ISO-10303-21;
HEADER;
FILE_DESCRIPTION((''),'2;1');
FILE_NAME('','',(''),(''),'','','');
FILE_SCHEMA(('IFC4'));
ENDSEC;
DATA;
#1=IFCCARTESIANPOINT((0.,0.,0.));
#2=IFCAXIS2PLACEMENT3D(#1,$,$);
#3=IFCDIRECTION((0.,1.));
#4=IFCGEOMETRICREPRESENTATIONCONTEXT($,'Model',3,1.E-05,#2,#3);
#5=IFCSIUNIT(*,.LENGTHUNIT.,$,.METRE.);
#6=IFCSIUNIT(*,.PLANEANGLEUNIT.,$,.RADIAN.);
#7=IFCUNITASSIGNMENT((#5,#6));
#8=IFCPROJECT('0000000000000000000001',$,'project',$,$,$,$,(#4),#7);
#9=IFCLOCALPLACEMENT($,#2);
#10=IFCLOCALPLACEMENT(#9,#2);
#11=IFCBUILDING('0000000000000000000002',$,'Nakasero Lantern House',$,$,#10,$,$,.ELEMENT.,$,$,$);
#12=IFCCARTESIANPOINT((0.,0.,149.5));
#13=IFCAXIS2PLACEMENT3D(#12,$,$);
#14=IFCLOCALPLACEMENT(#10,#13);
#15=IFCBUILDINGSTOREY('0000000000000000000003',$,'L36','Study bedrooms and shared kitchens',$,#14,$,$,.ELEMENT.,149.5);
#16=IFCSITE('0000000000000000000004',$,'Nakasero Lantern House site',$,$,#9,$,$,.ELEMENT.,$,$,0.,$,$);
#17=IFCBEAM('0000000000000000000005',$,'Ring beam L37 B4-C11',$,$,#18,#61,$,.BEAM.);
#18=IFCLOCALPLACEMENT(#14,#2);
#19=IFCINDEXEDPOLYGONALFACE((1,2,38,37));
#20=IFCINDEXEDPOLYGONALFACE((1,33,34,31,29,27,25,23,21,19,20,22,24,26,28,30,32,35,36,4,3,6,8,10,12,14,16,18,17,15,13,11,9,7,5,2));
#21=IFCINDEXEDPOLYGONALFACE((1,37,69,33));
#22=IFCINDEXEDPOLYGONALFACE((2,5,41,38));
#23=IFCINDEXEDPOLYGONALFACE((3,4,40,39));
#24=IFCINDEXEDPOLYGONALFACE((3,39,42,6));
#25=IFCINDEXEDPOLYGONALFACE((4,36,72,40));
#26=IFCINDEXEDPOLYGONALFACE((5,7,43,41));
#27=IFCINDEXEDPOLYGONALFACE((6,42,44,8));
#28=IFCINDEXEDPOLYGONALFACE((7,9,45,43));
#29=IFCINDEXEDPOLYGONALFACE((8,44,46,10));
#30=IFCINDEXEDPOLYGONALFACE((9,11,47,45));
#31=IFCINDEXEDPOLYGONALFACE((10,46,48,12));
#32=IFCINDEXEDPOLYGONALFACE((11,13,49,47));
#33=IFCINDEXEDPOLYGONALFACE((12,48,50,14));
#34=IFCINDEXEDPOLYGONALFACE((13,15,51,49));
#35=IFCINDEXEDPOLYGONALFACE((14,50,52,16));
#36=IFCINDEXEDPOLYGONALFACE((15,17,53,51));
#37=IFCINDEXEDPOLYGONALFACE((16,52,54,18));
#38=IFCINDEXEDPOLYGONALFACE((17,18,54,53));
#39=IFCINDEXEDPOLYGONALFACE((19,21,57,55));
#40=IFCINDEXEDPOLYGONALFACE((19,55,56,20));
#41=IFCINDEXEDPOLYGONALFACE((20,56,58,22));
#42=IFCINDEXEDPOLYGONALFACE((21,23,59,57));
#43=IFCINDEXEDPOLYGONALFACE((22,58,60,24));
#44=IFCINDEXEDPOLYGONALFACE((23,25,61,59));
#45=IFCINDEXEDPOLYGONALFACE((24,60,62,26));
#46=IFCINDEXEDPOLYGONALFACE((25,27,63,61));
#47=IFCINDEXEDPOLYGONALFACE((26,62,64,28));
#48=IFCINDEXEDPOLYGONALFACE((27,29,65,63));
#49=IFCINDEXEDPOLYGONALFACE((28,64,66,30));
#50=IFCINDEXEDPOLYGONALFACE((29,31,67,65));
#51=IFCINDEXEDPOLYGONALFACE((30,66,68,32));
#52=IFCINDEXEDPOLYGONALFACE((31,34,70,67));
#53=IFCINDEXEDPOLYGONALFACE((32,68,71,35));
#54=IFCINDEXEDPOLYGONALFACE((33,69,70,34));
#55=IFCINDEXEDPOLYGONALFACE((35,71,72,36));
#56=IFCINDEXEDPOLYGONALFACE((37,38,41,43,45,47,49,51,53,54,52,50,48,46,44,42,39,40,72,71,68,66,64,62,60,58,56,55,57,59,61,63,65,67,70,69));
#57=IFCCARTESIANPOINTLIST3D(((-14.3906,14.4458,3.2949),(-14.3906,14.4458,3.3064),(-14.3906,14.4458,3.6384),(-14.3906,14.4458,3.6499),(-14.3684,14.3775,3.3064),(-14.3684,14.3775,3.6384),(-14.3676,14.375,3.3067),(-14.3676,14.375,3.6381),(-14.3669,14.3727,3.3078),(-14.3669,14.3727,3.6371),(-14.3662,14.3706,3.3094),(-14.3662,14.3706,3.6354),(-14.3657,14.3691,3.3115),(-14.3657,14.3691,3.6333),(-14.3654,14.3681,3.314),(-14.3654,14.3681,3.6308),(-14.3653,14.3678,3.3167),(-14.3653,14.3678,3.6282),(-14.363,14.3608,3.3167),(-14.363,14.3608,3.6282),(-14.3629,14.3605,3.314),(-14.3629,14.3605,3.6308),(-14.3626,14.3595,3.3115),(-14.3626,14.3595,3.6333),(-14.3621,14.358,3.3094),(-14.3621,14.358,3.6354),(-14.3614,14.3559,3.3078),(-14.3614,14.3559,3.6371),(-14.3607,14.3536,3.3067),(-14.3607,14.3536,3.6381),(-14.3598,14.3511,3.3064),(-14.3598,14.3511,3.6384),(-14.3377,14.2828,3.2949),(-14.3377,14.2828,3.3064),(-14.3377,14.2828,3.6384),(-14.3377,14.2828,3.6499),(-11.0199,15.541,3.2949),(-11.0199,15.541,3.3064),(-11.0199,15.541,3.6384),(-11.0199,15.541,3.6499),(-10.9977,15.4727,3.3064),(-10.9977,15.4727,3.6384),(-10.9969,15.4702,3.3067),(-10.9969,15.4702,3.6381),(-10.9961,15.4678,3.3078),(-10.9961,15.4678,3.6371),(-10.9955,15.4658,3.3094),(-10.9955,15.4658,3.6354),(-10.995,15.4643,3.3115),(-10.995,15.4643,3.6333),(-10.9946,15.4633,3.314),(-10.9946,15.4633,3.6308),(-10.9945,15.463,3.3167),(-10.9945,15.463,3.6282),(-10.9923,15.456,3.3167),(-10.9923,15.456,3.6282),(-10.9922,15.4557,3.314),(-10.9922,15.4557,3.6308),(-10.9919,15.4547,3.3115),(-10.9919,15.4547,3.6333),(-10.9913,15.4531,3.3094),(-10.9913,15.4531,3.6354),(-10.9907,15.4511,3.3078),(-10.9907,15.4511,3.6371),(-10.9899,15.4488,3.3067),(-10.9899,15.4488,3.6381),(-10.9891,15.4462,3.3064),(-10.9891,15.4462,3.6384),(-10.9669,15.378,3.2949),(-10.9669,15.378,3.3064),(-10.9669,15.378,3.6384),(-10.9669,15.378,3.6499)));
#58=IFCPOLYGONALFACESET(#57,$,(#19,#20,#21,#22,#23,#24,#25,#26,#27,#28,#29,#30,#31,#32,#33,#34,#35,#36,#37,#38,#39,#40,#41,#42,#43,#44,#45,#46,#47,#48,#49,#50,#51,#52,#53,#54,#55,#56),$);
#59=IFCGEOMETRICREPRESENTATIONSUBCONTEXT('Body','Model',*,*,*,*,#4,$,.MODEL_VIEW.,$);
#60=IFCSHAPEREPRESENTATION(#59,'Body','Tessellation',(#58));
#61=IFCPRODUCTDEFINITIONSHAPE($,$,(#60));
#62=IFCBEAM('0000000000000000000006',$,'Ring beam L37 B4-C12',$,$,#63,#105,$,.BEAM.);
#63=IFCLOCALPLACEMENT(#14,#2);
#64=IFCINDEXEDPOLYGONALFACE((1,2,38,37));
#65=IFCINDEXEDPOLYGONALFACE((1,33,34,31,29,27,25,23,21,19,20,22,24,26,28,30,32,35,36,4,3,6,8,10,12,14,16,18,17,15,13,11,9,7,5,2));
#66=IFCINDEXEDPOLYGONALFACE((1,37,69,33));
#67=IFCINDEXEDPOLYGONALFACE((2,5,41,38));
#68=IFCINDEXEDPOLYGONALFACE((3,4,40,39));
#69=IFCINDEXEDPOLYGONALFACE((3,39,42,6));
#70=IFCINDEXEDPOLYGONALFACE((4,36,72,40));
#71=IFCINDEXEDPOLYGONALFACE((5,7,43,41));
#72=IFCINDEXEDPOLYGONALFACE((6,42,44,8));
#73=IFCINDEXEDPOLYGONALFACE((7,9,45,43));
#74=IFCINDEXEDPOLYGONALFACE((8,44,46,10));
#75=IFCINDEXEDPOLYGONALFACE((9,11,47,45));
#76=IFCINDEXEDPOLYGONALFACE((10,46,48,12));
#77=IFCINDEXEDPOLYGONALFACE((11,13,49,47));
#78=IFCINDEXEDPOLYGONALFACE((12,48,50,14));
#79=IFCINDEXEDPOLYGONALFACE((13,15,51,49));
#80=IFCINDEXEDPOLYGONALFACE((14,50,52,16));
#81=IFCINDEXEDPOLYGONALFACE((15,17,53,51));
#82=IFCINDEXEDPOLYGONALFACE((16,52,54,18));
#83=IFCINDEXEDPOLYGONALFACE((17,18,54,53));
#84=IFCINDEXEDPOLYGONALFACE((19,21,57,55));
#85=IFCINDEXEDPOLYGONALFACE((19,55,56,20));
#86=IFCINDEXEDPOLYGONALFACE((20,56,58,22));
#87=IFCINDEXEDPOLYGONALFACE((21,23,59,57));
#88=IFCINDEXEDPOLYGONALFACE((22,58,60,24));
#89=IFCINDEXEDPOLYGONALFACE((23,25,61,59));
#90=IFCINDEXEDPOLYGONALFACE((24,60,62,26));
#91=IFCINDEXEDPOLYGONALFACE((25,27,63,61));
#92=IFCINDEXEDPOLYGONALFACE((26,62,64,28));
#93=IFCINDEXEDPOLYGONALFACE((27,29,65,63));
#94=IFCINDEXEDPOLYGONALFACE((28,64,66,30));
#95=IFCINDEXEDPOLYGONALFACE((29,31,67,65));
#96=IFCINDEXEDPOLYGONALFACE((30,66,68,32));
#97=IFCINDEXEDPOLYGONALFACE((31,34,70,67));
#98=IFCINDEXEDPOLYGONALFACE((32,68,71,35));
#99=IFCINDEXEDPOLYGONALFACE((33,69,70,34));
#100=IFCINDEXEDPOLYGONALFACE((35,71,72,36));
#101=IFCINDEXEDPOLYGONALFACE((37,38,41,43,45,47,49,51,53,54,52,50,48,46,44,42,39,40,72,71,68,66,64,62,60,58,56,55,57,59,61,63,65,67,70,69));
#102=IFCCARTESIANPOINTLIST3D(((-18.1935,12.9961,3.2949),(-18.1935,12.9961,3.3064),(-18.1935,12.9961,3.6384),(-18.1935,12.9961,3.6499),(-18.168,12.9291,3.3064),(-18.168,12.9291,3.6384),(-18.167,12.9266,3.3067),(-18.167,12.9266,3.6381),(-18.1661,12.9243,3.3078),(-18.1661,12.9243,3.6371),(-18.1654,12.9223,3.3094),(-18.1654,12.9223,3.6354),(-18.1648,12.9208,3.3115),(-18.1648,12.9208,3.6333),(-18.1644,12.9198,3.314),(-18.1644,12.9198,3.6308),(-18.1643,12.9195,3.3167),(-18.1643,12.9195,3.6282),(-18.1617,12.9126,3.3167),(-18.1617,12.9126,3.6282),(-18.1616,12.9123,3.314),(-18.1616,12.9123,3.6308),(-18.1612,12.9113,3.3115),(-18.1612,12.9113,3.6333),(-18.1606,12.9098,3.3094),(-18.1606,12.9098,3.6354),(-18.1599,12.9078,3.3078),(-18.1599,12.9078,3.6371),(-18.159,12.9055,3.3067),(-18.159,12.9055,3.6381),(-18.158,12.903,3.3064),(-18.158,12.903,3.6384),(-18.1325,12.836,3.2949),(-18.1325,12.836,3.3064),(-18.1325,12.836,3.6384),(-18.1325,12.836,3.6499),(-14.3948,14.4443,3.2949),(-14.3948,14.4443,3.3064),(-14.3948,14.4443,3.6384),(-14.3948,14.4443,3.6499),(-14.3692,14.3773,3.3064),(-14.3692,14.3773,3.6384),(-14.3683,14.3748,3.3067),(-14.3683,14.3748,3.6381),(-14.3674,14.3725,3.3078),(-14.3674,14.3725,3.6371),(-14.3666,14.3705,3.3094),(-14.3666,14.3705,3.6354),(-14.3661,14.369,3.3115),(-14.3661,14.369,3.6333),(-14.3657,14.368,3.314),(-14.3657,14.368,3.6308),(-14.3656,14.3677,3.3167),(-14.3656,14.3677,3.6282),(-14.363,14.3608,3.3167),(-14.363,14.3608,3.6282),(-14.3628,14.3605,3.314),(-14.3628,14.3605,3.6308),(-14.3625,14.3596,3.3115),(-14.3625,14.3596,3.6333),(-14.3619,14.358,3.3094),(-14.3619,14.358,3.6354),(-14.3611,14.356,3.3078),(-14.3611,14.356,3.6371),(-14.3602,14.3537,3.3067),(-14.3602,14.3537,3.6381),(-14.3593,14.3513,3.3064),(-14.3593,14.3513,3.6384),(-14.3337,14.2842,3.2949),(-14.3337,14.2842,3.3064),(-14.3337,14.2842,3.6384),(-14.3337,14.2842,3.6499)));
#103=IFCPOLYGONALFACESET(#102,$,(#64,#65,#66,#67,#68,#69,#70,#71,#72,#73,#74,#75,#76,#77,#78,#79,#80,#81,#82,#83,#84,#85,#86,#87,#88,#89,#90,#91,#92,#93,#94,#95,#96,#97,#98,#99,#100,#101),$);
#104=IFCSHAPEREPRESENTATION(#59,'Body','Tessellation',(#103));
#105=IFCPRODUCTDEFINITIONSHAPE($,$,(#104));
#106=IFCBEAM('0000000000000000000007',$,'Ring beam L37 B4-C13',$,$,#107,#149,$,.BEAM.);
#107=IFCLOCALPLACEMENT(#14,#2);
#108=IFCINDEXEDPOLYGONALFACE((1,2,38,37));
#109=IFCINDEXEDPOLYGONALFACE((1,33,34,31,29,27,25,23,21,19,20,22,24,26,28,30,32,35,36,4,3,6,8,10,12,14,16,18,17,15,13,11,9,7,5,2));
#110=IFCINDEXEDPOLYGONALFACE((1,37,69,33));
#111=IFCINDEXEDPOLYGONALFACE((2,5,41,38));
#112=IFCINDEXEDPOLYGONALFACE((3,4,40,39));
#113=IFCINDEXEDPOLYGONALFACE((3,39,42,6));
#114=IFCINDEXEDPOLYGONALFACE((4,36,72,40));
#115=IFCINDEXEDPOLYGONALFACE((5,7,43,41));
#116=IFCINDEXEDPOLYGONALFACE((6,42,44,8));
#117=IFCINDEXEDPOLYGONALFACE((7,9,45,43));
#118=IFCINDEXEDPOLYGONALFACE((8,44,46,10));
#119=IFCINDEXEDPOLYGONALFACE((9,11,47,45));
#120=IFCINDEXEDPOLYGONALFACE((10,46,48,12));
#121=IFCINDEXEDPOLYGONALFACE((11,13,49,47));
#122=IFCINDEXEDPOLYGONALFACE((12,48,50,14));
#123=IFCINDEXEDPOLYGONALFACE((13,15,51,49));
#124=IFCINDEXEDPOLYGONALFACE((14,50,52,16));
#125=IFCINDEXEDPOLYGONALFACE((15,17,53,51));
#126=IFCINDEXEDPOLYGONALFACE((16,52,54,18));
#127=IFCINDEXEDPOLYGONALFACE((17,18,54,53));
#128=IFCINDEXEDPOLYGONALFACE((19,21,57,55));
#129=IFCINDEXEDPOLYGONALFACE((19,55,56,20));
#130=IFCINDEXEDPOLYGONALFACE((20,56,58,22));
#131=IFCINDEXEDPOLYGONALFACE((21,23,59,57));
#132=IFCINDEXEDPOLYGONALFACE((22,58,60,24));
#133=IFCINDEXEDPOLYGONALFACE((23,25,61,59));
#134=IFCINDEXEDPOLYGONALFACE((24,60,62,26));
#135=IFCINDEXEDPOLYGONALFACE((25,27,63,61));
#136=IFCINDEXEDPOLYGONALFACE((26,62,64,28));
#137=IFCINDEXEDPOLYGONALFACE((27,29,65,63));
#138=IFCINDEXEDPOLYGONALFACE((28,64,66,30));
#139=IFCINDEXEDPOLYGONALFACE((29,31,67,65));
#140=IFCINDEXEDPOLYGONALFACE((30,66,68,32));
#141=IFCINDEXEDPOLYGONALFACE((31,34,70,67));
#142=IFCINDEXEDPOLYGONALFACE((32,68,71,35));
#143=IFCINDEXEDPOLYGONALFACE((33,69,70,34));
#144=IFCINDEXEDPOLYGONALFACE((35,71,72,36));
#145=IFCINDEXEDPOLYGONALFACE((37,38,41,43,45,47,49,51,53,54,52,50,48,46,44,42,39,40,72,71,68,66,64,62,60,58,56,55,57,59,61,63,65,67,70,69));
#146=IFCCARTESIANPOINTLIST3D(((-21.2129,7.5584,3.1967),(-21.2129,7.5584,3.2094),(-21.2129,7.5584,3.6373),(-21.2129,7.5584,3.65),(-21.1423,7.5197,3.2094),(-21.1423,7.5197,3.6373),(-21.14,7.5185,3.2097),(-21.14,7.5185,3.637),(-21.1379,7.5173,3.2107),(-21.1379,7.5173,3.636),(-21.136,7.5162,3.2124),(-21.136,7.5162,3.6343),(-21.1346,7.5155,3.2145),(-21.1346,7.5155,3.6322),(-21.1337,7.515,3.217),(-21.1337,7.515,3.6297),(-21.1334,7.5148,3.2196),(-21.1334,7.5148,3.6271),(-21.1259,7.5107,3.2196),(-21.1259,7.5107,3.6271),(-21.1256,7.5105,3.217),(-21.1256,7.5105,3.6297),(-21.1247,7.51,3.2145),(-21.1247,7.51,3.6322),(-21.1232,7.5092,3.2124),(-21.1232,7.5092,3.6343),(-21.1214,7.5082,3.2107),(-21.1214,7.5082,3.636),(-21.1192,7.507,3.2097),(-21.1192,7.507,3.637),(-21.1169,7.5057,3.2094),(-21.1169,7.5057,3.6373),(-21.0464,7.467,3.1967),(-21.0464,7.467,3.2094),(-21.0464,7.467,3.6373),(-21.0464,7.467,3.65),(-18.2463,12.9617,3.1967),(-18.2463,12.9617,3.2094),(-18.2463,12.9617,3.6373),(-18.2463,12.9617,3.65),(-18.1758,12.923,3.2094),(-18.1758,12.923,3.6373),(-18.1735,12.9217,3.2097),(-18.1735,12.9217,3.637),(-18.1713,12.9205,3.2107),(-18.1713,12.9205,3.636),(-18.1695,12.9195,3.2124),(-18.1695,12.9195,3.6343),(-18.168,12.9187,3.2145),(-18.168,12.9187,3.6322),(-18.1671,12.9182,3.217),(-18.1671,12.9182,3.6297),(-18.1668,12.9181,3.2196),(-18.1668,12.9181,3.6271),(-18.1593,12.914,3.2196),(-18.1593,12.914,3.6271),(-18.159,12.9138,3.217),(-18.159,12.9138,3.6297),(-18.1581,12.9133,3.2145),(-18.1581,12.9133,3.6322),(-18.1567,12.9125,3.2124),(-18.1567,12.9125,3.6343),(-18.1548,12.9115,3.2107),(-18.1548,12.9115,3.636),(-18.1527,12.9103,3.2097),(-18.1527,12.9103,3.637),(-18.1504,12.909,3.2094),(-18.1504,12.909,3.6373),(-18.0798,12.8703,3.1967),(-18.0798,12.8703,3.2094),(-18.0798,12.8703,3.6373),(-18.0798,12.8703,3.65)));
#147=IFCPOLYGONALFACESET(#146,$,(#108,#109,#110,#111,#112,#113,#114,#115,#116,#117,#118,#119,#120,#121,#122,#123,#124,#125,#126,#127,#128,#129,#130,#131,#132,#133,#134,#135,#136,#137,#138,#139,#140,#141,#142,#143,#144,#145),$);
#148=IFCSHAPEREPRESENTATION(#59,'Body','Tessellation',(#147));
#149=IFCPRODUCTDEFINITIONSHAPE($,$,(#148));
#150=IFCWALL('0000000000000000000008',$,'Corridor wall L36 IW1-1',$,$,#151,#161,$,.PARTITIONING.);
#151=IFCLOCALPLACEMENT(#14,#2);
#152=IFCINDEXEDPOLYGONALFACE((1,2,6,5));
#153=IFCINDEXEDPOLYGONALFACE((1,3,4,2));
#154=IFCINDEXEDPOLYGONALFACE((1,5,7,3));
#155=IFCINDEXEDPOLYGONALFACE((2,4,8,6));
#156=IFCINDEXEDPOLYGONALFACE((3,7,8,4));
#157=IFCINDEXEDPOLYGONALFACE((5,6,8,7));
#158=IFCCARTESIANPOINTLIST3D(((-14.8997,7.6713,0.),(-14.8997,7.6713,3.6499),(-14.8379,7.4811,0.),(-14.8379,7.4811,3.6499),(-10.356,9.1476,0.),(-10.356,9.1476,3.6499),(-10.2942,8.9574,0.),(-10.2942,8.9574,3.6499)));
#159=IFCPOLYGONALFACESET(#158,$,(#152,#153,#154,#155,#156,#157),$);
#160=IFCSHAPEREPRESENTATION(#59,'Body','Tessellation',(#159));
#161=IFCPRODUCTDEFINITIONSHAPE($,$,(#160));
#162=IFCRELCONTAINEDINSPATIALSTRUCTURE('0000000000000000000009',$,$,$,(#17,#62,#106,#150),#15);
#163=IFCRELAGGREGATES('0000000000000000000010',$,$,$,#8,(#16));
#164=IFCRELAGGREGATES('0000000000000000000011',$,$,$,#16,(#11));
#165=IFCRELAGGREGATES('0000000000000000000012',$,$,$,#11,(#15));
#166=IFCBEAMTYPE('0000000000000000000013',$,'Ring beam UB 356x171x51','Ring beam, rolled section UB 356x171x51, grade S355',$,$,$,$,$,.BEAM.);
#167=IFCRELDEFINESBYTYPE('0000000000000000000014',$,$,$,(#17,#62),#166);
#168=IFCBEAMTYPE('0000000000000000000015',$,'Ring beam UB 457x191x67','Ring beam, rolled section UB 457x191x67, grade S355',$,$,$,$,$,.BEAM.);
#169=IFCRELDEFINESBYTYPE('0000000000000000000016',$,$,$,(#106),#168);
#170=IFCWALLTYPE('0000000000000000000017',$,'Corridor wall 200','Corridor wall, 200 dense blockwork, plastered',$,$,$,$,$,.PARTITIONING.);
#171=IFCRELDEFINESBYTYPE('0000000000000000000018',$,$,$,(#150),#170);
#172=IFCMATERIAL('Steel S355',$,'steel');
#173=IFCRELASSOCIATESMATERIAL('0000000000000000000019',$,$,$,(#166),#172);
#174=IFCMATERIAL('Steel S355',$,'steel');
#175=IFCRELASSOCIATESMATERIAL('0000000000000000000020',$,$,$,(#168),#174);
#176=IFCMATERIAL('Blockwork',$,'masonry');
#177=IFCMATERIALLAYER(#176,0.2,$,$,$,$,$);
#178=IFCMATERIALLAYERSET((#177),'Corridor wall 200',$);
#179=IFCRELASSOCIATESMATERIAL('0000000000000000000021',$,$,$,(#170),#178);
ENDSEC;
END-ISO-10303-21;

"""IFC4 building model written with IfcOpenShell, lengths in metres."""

from ifc_helpers import new_model, si_unit, direction, frame, frame_2d, origin, origin_2d, place, context, subcontext, project, spatial, rectangle, i_section, extrude, material, layer, layer_set, material_profile, profile_set, type_object, element, save


model = new_model("IFC4")

# Units and contexts
model_context = context("Model", 3, precision=1e-05, world=origin(), true_north=direction((0.0, 1.0)))
body_context = subcontext(model_context, "Body", "Model", "MODEL_VIEW")
ifc_project = project(units=[si_unit("LENGTHUNIT", "METRE"), si_unit("PLANEANGLEUNIT", "RADIAN")], contexts=[model_context])

# Site, building, storey
site_placement = place(None, origin())
site = spatial("IfcSite", under=ifc_project, at=site_placement, Name="Nakasero Lantern House site", CompositionType="ELEMENT", RefElevation=0.0)
building_placement = place(site_placement, origin())
building = spatial("IfcBuilding", under=site, at=building_placement, Name="Nakasero Lantern House", CompositionType="ELEMENT")
storey_placement = place(building_placement, frame((0.0, 0.0, 149.5)))
storey = spatial("IfcBuildingStorey", under=building, at=storey_placement, Name="L36", Description="Study bedrooms and shared kitchens", CompositionType="ELEMENT", Elevation=149.5)

# Beams
ifc_material_1 = material(Name="Steel S355", Category="steel")
ifc_material_profile_1 = material_profile(ifc_material_1, i_section(OverallWidth=0.1714, OverallDepth=0.355, WebThickness=0.0073, FlangeThickness=0.0115, FilletRadius=0.0103, at=origin_2d()), Name="UB 356x171x51")
ifc_profile_set_1 = profile_set([ifc_material_profile_1], Name="Steel S355")
beam_type_1 = type_object("IfcBeamType", Name="Ring beam UB 356x171x51", Description="Ring beam, rolled section UB 356x171x51, grade S355", PredefinedType="BEAM", material=ifc_profile_set_1)
beam_1_placement = place(storey_placement, frame((-10.9934, 15.4595, 3.4724), z_axis=(-0.95106, -0.309007, 0.0), x_axis=(0.309007, -0.95106, 0.0)))
element("IfcBeam", 1, at=beam_1_placement, inside=storey, type_object=beam_type_1, Name="Ring beam L37 B4-C11", PredefinedType="BEAM", context=body_context, shape_type="SweptSolid", body=[
    extrude(i_section(OverallWidth=0.1714, OverallDepth=0.355, WebThickness=0.0073, FlangeThickness=0.0115, FilletRadius=0.0103, at=origin_2d()), origin(), (0.0, 0.0, 1.0), 3.5442),
])
beam_2_placement = place(storey_placement, frame((-14.3643, 14.3643, 3.4724), z_axis=(-0.9344, -0.356225, 0.0), x_axis=(0.356225, -0.9344, 0.0)))
element("IfcBeam", 2, at=beam_2_placement, inside=storey, type_object=beam_type_1, Name="Ring beam L37 B4-C12", PredefinedType="BEAM", context=body_context, shape_type="SweptSolid", body=[
    extrude(i_section(OverallWidth=0.1714, OverallDepth=0.355, WebThickness=0.0073, FlangeThickness=0.0115, FilletRadius=0.0103, at=origin_2d()), origin(), (0.0, 0.0, 1.0), 4.0654),
])
ifc_material_2 = material(Name="Steel S355", Category="steel")
ifc_material_profile_2 = material_profile(ifc_material_2, i_section(OverallWidth=0.1899, OverallDepth=0.4534, WebThickness=0.0085, FlangeThickness=0.0127, FilletRadius=0.0103, at=origin_2d()), Name="UB 457x191x67")
ifc_profile_set_2 = profile_set([ifc_material_profile_2], Name="Steel S355")
beam_type_2 = type_object("IfcBeamType", Name="Ring beam UB 457x191x67", Description="Ring beam, rolled section UB 457x191x67, grade S355", PredefinedType="BEAM", material=ifc_profile_set_2)
beam_3_placement = place(storey_placement, frame((-18.1631, 12.916, 3.4233), z_axis=(-0.481262, -0.876577, 0.0), x_axis=(0.876577, -0.481262, 0.0)))
element("IfcBeam", 3, at=beam_3_placement, inside=storey, type_object=beam_type_2, Name="Ring beam L37 B4-C13", PredefinedType="BEAM", context=body_context, shape_type="SweptSolid", body=[
    extrude(i_section(OverallWidth=0.1899, OverallDepth=0.4534, WebThickness=0.0085, FlangeThickness=0.0127, FilletRadius=0.0103, at=origin_2d()), origin(), (0.0, 0.0, 1.0), 6.1641),
])

# Wall
ifc_material_3 = material(Name="Blockwork", Category="masonry")
ifc_layer_1 = layer(ifc_material_3, 0.2)
ifc_layer_set_1 = layer_set([ifc_layer_1], Name="Corridor wall 200")
wall_type_1 = type_object("IfcWallType", Name="Corridor wall 200", Description="Corridor wall, 200 dense blockwork, plastered", PredefinedType="PARTITIONING", material=ifc_layer_set_1)
wall_1_placement = place(storey_placement, frame((-10.3252, 9.0525, 0.0), z_axis=(0.0, 0.0, 1.0), x_axis=(-0.951058, -0.309013, 0.0)))
element("IfcWall", 4, at=wall_1_placement, inside=storey, type_object=wall_type_1, Name="Corridor wall L36 IW1-1", PredefinedType="PARTITIONING", context=body_context, shape_type="SweptSolid", body=[
    extrude(rectangle(XDim=4.7776, YDim=0.2, at=frame_2d((2.3887, 0.0))), origin(), (0.0, 0.0, 1.0), 3.6499),
])

save(model, "model.ifc")
